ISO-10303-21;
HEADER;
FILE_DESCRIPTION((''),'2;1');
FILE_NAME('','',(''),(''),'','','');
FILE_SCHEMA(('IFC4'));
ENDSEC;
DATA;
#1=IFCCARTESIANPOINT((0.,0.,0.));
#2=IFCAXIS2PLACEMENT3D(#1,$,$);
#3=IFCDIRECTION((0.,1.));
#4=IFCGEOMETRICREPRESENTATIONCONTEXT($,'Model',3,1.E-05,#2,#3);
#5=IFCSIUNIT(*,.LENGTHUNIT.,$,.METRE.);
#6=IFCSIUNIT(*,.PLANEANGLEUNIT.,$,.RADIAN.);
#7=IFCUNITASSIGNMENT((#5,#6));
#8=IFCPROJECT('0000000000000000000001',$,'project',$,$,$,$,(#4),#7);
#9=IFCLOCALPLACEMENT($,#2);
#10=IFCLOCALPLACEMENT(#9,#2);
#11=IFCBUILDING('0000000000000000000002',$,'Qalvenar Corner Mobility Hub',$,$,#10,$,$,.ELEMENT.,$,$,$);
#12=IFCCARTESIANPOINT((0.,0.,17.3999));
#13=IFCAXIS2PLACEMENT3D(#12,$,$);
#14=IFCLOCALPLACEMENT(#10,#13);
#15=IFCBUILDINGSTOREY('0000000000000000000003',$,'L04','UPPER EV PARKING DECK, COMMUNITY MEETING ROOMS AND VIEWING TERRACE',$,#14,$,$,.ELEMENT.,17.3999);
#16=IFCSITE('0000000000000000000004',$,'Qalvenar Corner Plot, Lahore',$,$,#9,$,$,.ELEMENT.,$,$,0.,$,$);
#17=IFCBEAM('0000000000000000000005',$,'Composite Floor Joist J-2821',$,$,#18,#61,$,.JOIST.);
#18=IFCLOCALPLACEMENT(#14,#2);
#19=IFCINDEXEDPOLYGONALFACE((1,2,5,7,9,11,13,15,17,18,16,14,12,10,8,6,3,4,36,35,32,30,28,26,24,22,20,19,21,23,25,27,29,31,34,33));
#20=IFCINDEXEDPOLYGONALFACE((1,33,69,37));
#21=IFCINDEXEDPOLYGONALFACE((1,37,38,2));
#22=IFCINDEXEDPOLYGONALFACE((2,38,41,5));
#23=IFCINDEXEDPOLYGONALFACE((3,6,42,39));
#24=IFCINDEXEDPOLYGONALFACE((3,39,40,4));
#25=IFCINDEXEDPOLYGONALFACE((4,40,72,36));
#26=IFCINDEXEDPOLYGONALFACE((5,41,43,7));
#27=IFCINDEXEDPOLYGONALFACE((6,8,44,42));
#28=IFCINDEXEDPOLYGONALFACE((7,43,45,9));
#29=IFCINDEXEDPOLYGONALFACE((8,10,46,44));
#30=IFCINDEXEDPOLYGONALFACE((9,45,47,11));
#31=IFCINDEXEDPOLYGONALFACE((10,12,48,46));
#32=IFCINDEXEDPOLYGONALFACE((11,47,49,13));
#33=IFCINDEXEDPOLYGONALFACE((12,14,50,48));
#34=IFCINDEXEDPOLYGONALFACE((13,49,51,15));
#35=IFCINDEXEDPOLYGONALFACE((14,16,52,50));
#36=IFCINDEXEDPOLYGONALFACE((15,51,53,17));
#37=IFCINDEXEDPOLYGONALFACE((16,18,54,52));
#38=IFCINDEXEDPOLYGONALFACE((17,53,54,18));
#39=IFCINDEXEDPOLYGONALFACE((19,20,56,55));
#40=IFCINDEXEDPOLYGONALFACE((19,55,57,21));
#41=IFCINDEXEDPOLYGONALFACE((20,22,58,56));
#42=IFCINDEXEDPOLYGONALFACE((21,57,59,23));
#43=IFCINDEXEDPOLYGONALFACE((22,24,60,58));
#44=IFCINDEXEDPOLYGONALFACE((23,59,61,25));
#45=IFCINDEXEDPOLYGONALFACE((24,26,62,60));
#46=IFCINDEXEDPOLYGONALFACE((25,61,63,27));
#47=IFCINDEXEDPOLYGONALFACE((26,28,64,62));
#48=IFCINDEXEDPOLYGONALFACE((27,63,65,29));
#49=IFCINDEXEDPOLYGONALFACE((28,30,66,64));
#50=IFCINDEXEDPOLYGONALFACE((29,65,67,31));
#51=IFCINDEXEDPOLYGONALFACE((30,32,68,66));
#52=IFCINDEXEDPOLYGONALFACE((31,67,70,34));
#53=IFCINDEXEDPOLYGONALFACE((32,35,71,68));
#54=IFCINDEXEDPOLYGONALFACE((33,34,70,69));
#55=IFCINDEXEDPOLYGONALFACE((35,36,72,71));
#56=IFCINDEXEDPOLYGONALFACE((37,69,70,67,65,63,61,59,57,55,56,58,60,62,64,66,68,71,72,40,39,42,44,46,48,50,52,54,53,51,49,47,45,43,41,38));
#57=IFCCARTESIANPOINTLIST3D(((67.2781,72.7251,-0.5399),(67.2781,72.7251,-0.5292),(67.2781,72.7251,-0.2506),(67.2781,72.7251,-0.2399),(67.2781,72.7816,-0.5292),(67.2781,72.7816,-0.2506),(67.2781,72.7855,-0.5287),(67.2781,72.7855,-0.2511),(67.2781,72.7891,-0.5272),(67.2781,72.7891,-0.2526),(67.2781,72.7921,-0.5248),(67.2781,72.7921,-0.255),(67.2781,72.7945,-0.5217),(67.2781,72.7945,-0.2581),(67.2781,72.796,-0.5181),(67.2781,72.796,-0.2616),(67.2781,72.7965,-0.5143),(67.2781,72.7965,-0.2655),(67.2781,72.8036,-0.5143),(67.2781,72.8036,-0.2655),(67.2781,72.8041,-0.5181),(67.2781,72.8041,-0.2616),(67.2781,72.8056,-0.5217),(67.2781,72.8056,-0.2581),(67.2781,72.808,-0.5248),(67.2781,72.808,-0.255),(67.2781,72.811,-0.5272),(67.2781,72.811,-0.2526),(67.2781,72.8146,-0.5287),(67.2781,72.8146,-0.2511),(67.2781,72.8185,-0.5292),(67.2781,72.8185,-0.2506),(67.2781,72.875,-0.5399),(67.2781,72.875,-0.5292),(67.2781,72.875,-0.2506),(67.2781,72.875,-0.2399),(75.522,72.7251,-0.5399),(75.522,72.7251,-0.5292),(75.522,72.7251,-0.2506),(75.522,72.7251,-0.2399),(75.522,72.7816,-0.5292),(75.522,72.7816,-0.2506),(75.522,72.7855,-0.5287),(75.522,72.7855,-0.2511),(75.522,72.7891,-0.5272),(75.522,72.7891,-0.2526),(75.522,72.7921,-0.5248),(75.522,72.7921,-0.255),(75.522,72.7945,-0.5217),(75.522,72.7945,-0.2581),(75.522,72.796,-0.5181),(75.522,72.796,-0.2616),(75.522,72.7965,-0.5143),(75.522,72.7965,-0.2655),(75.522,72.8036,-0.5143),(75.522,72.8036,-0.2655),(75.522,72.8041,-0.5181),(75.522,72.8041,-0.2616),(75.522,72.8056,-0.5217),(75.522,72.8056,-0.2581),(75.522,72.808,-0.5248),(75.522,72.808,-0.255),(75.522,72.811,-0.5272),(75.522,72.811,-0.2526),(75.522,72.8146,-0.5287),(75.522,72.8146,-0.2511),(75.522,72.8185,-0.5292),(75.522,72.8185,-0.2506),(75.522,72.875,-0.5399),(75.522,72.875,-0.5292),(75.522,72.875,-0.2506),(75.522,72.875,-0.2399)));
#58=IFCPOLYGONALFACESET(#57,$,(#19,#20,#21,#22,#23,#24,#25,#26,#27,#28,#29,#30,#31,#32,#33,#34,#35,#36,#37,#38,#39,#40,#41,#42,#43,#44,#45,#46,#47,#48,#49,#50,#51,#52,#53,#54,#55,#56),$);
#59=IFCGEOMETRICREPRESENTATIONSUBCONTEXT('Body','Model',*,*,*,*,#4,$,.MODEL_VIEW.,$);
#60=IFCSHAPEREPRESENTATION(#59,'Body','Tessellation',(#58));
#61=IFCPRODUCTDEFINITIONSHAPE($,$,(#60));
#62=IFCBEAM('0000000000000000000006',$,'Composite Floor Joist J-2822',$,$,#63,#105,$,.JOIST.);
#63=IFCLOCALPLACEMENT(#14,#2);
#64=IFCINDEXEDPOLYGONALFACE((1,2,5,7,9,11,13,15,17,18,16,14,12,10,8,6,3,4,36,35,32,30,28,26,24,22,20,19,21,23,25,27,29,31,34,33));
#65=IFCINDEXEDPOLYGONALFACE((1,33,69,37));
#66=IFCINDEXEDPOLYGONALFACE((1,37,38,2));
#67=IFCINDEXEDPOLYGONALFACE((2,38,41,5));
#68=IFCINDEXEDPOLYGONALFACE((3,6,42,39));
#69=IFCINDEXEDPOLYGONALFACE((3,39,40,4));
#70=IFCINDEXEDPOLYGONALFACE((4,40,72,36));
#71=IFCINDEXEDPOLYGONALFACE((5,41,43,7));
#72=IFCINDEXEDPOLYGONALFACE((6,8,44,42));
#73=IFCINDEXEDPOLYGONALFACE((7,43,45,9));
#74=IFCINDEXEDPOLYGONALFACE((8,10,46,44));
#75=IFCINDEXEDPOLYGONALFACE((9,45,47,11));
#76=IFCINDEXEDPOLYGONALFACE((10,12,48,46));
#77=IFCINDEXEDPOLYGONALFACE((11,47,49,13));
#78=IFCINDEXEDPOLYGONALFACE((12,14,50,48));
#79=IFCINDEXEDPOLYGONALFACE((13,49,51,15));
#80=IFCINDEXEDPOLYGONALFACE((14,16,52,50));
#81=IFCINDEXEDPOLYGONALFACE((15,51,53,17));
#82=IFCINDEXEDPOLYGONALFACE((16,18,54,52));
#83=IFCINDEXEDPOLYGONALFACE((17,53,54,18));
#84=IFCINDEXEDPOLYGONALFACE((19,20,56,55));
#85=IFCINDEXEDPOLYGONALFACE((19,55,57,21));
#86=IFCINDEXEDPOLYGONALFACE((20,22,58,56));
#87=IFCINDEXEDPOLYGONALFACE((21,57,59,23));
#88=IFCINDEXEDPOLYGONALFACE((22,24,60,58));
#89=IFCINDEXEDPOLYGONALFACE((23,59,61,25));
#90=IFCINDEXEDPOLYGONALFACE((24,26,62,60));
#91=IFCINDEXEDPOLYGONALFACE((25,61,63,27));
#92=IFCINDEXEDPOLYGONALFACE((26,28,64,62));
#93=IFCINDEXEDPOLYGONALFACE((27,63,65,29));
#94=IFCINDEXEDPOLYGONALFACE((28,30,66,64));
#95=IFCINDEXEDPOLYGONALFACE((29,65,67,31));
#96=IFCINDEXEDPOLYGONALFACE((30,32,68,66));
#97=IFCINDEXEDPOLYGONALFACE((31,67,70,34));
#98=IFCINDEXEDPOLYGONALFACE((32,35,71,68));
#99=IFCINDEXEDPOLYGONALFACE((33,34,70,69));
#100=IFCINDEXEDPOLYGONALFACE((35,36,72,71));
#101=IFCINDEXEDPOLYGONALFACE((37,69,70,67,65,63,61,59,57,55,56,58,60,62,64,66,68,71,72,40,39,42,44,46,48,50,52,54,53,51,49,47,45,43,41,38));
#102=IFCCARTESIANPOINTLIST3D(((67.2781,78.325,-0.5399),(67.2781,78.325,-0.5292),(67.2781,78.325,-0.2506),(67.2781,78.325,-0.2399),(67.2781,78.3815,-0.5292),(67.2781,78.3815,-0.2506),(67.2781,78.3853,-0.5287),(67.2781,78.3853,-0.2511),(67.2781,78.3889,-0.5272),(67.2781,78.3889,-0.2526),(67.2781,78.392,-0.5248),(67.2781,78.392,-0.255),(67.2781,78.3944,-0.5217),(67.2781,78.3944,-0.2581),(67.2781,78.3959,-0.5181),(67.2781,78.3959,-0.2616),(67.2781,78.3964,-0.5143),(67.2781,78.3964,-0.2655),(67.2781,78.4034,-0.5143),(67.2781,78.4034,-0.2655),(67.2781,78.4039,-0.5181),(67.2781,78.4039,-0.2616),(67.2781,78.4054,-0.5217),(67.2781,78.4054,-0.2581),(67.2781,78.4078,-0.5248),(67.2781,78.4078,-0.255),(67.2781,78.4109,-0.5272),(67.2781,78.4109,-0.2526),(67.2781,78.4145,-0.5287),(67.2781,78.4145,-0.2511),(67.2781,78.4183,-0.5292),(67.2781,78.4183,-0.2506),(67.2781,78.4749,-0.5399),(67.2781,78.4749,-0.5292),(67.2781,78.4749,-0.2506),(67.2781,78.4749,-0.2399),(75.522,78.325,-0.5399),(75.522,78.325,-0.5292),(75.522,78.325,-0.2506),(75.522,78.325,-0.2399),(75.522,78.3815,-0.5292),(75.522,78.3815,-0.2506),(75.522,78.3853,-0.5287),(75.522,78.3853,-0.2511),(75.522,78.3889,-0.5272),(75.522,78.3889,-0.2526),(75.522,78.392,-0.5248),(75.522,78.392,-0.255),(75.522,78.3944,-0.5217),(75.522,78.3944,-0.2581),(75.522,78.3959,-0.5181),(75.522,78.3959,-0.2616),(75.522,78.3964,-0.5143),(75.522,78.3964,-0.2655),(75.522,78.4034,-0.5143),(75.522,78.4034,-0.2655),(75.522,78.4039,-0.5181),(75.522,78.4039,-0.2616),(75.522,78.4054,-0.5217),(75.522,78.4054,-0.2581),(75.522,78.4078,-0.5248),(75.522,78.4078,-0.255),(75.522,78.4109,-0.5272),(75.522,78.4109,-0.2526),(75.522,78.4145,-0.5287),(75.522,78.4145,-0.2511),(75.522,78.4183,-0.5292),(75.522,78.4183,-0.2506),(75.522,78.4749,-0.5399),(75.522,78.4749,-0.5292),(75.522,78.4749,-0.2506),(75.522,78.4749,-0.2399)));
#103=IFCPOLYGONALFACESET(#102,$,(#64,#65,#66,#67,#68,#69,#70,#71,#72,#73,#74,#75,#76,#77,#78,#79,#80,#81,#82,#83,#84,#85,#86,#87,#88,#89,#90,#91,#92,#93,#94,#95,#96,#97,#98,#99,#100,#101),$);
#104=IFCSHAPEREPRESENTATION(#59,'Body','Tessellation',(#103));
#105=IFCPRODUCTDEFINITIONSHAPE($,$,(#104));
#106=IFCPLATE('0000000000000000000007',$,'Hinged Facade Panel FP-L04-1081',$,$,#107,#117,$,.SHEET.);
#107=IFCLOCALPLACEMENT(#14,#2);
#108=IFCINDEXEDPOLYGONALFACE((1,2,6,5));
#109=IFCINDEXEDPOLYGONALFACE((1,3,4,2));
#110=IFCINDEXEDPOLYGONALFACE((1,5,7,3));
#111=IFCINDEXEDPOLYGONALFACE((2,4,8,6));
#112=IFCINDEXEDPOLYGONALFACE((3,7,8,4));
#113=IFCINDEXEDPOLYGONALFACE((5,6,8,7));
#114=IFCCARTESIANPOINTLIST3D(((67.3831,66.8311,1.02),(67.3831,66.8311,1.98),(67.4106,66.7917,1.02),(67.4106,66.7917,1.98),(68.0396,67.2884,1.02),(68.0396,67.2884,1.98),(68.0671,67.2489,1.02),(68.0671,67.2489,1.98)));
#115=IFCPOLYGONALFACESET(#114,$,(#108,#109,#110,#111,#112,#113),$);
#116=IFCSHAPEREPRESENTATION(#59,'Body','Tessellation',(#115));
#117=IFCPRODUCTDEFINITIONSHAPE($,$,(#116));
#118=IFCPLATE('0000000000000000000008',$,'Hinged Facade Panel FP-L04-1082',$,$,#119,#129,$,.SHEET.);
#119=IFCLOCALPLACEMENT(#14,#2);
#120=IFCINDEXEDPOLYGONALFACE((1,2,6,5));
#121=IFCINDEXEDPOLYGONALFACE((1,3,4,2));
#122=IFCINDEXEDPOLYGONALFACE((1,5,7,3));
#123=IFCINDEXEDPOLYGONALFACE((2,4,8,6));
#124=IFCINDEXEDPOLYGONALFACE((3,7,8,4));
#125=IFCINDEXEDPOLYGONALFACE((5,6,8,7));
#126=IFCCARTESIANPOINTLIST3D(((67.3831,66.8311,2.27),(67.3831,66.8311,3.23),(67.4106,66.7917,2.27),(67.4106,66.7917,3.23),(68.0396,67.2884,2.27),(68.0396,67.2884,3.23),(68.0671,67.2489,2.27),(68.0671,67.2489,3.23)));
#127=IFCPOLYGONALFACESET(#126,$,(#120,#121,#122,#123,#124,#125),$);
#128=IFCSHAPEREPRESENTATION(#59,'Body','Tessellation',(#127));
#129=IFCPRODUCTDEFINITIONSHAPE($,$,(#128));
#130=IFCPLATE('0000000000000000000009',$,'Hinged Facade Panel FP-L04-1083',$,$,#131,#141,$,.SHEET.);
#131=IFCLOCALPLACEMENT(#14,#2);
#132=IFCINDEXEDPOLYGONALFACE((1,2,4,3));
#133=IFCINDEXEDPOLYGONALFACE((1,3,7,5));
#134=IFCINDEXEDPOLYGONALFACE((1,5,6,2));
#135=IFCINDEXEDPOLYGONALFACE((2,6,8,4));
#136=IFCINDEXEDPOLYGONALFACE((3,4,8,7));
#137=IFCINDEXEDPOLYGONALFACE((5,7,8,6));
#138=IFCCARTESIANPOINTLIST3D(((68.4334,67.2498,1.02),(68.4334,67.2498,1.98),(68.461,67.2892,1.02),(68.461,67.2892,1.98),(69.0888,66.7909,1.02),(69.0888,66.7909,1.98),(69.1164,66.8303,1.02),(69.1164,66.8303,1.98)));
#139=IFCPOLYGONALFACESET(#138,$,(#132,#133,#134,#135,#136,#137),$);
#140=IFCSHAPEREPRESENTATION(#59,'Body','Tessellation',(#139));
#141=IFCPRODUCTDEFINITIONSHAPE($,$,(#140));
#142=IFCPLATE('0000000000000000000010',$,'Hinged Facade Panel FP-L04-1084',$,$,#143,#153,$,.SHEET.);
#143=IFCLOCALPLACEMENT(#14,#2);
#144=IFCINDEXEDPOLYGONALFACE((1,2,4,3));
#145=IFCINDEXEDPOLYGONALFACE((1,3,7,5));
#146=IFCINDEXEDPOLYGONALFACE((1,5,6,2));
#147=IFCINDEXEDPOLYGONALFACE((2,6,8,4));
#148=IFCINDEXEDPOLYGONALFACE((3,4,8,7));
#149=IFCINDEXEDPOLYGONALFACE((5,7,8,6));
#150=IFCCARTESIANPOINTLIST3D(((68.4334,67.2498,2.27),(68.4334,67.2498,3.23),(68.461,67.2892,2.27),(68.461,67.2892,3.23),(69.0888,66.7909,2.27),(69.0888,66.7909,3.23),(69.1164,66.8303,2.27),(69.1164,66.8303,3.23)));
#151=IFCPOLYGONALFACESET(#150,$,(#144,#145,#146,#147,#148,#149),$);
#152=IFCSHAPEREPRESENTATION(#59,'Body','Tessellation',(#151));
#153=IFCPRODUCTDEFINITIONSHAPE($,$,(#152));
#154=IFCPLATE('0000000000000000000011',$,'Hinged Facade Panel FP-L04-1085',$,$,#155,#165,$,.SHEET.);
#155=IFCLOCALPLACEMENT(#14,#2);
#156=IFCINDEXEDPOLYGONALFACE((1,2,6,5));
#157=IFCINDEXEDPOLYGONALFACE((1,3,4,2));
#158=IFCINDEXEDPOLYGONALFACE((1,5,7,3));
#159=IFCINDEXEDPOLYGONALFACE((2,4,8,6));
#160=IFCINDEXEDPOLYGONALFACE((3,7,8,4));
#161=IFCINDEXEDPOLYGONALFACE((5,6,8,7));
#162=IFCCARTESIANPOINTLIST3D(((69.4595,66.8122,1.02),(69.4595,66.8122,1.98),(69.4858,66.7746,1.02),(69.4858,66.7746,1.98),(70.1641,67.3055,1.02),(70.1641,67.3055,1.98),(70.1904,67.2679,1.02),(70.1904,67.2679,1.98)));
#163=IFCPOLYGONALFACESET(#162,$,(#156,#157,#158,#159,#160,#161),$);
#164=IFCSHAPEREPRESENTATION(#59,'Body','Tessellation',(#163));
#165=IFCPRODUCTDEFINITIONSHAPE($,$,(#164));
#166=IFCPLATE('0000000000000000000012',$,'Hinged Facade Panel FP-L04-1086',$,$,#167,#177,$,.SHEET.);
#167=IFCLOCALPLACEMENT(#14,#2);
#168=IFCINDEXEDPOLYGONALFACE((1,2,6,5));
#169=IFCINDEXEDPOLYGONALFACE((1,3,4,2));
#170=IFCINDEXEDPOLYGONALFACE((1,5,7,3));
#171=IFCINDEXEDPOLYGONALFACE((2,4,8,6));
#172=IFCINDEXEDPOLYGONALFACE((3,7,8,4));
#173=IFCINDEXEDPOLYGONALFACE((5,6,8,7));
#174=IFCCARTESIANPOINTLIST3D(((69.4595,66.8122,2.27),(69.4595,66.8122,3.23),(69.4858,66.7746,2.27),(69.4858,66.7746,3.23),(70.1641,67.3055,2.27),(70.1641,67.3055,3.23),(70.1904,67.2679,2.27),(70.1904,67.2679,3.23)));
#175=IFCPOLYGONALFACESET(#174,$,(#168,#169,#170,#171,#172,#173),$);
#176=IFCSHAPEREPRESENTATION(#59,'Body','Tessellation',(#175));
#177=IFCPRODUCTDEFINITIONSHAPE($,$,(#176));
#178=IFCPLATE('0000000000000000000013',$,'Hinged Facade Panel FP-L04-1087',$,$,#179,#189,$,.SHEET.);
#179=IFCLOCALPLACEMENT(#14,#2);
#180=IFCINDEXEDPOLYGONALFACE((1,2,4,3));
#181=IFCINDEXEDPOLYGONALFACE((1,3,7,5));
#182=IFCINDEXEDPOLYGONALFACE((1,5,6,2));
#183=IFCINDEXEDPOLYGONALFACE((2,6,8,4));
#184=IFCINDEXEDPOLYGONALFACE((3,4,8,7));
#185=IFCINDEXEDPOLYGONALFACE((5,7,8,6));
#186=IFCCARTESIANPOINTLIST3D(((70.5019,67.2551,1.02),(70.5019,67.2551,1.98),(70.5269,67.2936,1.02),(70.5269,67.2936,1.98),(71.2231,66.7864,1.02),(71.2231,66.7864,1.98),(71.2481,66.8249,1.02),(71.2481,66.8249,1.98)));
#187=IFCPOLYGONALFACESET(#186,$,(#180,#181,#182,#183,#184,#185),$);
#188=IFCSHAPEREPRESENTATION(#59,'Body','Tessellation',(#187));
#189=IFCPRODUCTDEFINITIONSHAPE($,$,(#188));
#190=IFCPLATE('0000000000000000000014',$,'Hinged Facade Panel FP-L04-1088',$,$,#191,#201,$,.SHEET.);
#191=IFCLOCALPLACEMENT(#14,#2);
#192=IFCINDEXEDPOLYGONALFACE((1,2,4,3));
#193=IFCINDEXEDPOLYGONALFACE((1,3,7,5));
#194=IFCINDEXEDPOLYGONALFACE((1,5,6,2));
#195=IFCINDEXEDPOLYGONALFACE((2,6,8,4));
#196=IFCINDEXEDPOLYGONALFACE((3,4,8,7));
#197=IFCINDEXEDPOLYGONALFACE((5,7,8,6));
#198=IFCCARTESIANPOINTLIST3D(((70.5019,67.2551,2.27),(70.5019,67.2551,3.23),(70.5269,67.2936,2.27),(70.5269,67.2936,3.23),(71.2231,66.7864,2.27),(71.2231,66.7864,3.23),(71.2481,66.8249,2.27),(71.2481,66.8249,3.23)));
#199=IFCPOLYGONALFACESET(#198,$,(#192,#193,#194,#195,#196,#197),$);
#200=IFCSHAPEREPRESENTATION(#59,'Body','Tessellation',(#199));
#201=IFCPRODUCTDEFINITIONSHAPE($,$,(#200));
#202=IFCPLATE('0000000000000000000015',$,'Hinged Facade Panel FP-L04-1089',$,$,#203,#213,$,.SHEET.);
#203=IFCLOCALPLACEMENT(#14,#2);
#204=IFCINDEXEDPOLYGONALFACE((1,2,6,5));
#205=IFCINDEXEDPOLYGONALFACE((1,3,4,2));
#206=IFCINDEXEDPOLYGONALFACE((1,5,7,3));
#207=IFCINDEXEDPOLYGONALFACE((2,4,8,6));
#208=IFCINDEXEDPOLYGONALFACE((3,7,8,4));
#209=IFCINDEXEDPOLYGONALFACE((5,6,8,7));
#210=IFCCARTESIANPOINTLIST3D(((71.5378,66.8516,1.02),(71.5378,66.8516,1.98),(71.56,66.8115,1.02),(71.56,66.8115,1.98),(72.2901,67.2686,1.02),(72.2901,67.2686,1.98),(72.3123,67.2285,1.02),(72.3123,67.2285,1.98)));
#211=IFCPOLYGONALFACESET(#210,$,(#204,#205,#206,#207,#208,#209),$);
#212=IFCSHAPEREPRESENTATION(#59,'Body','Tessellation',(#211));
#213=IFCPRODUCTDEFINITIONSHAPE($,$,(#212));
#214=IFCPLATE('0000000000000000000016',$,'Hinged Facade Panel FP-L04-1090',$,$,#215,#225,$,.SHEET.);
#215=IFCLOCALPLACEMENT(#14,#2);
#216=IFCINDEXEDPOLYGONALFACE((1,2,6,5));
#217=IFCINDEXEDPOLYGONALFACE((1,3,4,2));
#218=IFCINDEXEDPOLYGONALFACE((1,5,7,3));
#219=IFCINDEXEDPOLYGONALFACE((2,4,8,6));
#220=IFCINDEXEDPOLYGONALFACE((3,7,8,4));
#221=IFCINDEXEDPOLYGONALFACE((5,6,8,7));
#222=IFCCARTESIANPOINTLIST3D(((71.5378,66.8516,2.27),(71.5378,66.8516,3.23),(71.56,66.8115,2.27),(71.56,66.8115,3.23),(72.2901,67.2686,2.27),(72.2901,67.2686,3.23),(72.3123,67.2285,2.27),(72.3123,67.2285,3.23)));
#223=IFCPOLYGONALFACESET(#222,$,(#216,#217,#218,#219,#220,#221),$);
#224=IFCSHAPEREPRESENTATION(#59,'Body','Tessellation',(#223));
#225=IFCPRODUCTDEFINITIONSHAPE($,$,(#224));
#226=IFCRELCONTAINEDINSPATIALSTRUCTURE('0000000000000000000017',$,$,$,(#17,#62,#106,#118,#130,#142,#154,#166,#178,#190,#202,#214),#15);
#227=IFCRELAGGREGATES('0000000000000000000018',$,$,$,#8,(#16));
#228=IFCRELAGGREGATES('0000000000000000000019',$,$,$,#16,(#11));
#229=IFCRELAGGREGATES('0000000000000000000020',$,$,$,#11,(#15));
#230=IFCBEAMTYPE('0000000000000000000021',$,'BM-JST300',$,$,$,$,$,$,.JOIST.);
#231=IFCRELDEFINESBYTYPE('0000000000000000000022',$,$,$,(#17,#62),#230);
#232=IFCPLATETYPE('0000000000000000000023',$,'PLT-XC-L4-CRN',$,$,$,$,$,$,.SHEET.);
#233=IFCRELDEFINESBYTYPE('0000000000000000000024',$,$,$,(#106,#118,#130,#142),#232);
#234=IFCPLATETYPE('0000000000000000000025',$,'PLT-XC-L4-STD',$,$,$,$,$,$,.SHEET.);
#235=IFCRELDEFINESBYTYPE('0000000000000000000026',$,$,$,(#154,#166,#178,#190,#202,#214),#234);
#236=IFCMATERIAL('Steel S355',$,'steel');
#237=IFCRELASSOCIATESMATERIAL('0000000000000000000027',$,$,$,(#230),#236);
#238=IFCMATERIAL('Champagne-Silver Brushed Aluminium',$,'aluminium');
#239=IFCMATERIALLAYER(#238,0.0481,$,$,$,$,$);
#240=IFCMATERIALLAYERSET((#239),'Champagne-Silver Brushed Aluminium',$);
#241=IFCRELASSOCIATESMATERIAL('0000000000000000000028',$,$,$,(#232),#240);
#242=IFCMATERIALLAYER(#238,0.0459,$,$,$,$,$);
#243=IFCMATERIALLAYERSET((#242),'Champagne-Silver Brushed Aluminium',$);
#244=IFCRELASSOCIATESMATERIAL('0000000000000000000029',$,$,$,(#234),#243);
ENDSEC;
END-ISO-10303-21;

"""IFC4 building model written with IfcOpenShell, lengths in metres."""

from ifc_helpers import new_model, si_unit, direction, frame, origin, origin_2d, place, context, subcontext, project, spatial, rectangle, i_section, extrude, material, layer, layer_set, material_profile, profile_set, type_object, element, save


model = new_model("IFC4")

# Units and contexts
model_context = context("Model", 3, precision=1e-05, world=origin(), true_north=direction((0.0, 1.0)))
body_context = subcontext(model_context, "Body", "Model", "MODEL_VIEW")
ifc_project = project(units=[si_unit("LENGTHUNIT", "METRE"), si_unit("PLANEANGLEUNIT", "RADIAN")], contexts=[model_context])

# Site, building, storey
site_placement = place(None, origin())
site = spatial("IfcSite", under=ifc_project, at=site_placement, Name="Qalvenar Corner Plot, Lahore", CompositionType="ELEMENT", RefElevation=0.0)
building_placement = place(site_placement, origin())
building = spatial("IfcBuilding", under=site, at=building_placement, Name="Qalvenar Corner Mobility Hub", CompositionType="ELEMENT")
storey_placement = place(building_placement, frame((0.0, 0.0, 17.3999)))
storey = spatial("IfcBuildingStorey", under=building, at=storey_placement, Name="L04", Description="UPPER EV PARKING DECK, COMMUNITY MEETING ROOMS AND VIEWING TERRACE", CompositionType="ELEMENT", Elevation=17.3999)

# Beams
ifc_material_1 = material(Name="Steel S355", Category="steel")
ifc_material_profile = material_profile(ifc_material_1, i_section(OverallWidth=0.1499, OverallDepth=0.3, WebThickness=0.0071, FlangeThickness=0.0107, FilletRadius=0.0149, at=origin_2d()), Name="IPE300")
ifc_profile_set = profile_set([ifc_material_profile], Name="Steel S355")
beam_type = type_object("IfcBeamType", Name="BM-JST300", PredefinedType="JOIST", material=ifc_profile_set)
for number, where, z_axis, x_axis, name in (
    (1, (67.2781, 72.8, -0.3899), (1.0, 0.0, 0.0), (0.0, 1.0, 0.0), "Composite Floor Joist J-2821"),
    (2, (67.2781, 78.3999, -0.3899), (1.0, 0.0, 0.0), (0.0, 1.0, 0.0), "Composite Floor Joist J-2822"),
):
    element("IfcBeam", number, at=place(storey_placement, frame(where, z_axis=z_axis, x_axis=x_axis)), inside=storey, type_object=beam_type, Name=name, PredefinedType="JOIST", context=body_context, shape_type="SweptSolid", body=[
        extrude(i_section(OverallWidth=0.1499, OverallDepth=0.3, WebThickness=0.0071, FlangeThickness=0.0107, FilletRadius=0.0149, at=origin_2d()), origin(), (0.0, 0.0, 1.0), 8.2439),
    ])

# Plates
ifc_material_2 = material(Name="Champagne-Silver Brushed Aluminium", Category="aluminium")
ifc_layer_1 = layer(ifc_material_2, 0.0481)
ifc_layer_set_1 = layer_set([ifc_layer_1], Name="Champagne-Silver Brushed Aluminium")
plate_type_1 = type_object("IfcPlateType", Name="PLT-XC-L4-CRN", PredefinedType="SHEET", material=ifc_layer_set_1)
for number, where, z_axis, x_axis, name in (
    (3, (67.7251, 67.04, 1.02), (0.0, 0.0, 1.0), (0.820551, 0.571573, 0.0), "Hinged Facade Panel FP-L04-1081"),
    (4, (67.7251, 67.04, 2.27), (0.0, 0.0, 1.0), (0.820551, 0.571573, 0.0), "Hinged Facade Panel FP-L04-1082"),
    (5, (68.7749, 67.04, 1.02), (0.0, 0.0, 1.0), (0.819152, -0.573576, 0.0), "Hinged Facade Panel FP-L04-1083"),
    (6, (68.7749, 67.04, 2.27), (0.0, 0.0, 1.0), (0.819152, -0.573576, 0.0), "Hinged Facade Panel FP-L04-1084"),
):
    element("IfcPlate", number, at=place(storey_placement, frame(where, z_axis=z_axis, x_axis=x_axis)), inside=storey, type_object=plate_type_1, Name=name, PredefinedType="SHEET", context=body_context, shape_type="SweptSolid", body=[
        extrude(rectangle(XDim=0.8, YDim=0.0481, at=origin_2d()), origin(), (0.0, 0.0, 1.0), 0.96),
    ])
ifc_layer_2 = layer(ifc_material_2, 0.0459)
ifc_layer_set_2 = layer_set([ifc_layer_2], Name="Champagne-Silver Brushed Aluminium")
plate_type_2 = type_object("IfcPlateType", Name="PLT-XC-L4-STD", PredefinedType="SHEET", material=ifc_layer_set_2)
for number, where, z_axis, x_axis, name in (
    (7, (69.825, 67.04, 1.02), (0.0, 0.0, 1.0), (0.819152, 0.573576, 0.0), "Hinged Facade Panel FP-L04-1085"),
    (8, (69.825, 67.04, 2.27), (0.0, 0.0, 1.0), (0.819152, 0.573576, 0.0), "Hinged Facade Panel FP-L04-1086"),
    (9, (70.875, 67.04, 1.02), (0.0, 0.0, 1.0), (0.83848, -0.544932, 0.0), "Hinged Facade Panel FP-L04-1087"),
    (10, (70.875, 67.04, 2.27), (0.0, 0.0, 1.0), (0.83848, -0.544932, 0.0), "Hinged Facade Panel FP-L04-1088"),
    (11, (71.925, 67.04, 1.02), (0.0, 0.0, 1.0), (0.87462, 0.48481, 0.0), "Hinged Facade Panel FP-L04-1089"),
    (12, (71.925, 67.04, 2.27), (0.0, 0.0, 1.0), (0.87462, 0.48481, 0.0), "Hinged Facade Panel FP-L04-1090"),
):
    element("IfcPlate", number, at=place(storey_placement, frame(where, z_axis=z_axis, x_axis=x_axis)), inside=storey, type_object=plate_type_2, Name=name, PredefinedType="SHEET", context=body_context, shape_type="SweptSolid", body=[
        extrude(rectangle(XDim=0.8601, YDim=0.0459, at=origin_2d()), origin(), (0.0, 0.0, 1.0), 0.96),
    ])

save(model, "model.ifc")
